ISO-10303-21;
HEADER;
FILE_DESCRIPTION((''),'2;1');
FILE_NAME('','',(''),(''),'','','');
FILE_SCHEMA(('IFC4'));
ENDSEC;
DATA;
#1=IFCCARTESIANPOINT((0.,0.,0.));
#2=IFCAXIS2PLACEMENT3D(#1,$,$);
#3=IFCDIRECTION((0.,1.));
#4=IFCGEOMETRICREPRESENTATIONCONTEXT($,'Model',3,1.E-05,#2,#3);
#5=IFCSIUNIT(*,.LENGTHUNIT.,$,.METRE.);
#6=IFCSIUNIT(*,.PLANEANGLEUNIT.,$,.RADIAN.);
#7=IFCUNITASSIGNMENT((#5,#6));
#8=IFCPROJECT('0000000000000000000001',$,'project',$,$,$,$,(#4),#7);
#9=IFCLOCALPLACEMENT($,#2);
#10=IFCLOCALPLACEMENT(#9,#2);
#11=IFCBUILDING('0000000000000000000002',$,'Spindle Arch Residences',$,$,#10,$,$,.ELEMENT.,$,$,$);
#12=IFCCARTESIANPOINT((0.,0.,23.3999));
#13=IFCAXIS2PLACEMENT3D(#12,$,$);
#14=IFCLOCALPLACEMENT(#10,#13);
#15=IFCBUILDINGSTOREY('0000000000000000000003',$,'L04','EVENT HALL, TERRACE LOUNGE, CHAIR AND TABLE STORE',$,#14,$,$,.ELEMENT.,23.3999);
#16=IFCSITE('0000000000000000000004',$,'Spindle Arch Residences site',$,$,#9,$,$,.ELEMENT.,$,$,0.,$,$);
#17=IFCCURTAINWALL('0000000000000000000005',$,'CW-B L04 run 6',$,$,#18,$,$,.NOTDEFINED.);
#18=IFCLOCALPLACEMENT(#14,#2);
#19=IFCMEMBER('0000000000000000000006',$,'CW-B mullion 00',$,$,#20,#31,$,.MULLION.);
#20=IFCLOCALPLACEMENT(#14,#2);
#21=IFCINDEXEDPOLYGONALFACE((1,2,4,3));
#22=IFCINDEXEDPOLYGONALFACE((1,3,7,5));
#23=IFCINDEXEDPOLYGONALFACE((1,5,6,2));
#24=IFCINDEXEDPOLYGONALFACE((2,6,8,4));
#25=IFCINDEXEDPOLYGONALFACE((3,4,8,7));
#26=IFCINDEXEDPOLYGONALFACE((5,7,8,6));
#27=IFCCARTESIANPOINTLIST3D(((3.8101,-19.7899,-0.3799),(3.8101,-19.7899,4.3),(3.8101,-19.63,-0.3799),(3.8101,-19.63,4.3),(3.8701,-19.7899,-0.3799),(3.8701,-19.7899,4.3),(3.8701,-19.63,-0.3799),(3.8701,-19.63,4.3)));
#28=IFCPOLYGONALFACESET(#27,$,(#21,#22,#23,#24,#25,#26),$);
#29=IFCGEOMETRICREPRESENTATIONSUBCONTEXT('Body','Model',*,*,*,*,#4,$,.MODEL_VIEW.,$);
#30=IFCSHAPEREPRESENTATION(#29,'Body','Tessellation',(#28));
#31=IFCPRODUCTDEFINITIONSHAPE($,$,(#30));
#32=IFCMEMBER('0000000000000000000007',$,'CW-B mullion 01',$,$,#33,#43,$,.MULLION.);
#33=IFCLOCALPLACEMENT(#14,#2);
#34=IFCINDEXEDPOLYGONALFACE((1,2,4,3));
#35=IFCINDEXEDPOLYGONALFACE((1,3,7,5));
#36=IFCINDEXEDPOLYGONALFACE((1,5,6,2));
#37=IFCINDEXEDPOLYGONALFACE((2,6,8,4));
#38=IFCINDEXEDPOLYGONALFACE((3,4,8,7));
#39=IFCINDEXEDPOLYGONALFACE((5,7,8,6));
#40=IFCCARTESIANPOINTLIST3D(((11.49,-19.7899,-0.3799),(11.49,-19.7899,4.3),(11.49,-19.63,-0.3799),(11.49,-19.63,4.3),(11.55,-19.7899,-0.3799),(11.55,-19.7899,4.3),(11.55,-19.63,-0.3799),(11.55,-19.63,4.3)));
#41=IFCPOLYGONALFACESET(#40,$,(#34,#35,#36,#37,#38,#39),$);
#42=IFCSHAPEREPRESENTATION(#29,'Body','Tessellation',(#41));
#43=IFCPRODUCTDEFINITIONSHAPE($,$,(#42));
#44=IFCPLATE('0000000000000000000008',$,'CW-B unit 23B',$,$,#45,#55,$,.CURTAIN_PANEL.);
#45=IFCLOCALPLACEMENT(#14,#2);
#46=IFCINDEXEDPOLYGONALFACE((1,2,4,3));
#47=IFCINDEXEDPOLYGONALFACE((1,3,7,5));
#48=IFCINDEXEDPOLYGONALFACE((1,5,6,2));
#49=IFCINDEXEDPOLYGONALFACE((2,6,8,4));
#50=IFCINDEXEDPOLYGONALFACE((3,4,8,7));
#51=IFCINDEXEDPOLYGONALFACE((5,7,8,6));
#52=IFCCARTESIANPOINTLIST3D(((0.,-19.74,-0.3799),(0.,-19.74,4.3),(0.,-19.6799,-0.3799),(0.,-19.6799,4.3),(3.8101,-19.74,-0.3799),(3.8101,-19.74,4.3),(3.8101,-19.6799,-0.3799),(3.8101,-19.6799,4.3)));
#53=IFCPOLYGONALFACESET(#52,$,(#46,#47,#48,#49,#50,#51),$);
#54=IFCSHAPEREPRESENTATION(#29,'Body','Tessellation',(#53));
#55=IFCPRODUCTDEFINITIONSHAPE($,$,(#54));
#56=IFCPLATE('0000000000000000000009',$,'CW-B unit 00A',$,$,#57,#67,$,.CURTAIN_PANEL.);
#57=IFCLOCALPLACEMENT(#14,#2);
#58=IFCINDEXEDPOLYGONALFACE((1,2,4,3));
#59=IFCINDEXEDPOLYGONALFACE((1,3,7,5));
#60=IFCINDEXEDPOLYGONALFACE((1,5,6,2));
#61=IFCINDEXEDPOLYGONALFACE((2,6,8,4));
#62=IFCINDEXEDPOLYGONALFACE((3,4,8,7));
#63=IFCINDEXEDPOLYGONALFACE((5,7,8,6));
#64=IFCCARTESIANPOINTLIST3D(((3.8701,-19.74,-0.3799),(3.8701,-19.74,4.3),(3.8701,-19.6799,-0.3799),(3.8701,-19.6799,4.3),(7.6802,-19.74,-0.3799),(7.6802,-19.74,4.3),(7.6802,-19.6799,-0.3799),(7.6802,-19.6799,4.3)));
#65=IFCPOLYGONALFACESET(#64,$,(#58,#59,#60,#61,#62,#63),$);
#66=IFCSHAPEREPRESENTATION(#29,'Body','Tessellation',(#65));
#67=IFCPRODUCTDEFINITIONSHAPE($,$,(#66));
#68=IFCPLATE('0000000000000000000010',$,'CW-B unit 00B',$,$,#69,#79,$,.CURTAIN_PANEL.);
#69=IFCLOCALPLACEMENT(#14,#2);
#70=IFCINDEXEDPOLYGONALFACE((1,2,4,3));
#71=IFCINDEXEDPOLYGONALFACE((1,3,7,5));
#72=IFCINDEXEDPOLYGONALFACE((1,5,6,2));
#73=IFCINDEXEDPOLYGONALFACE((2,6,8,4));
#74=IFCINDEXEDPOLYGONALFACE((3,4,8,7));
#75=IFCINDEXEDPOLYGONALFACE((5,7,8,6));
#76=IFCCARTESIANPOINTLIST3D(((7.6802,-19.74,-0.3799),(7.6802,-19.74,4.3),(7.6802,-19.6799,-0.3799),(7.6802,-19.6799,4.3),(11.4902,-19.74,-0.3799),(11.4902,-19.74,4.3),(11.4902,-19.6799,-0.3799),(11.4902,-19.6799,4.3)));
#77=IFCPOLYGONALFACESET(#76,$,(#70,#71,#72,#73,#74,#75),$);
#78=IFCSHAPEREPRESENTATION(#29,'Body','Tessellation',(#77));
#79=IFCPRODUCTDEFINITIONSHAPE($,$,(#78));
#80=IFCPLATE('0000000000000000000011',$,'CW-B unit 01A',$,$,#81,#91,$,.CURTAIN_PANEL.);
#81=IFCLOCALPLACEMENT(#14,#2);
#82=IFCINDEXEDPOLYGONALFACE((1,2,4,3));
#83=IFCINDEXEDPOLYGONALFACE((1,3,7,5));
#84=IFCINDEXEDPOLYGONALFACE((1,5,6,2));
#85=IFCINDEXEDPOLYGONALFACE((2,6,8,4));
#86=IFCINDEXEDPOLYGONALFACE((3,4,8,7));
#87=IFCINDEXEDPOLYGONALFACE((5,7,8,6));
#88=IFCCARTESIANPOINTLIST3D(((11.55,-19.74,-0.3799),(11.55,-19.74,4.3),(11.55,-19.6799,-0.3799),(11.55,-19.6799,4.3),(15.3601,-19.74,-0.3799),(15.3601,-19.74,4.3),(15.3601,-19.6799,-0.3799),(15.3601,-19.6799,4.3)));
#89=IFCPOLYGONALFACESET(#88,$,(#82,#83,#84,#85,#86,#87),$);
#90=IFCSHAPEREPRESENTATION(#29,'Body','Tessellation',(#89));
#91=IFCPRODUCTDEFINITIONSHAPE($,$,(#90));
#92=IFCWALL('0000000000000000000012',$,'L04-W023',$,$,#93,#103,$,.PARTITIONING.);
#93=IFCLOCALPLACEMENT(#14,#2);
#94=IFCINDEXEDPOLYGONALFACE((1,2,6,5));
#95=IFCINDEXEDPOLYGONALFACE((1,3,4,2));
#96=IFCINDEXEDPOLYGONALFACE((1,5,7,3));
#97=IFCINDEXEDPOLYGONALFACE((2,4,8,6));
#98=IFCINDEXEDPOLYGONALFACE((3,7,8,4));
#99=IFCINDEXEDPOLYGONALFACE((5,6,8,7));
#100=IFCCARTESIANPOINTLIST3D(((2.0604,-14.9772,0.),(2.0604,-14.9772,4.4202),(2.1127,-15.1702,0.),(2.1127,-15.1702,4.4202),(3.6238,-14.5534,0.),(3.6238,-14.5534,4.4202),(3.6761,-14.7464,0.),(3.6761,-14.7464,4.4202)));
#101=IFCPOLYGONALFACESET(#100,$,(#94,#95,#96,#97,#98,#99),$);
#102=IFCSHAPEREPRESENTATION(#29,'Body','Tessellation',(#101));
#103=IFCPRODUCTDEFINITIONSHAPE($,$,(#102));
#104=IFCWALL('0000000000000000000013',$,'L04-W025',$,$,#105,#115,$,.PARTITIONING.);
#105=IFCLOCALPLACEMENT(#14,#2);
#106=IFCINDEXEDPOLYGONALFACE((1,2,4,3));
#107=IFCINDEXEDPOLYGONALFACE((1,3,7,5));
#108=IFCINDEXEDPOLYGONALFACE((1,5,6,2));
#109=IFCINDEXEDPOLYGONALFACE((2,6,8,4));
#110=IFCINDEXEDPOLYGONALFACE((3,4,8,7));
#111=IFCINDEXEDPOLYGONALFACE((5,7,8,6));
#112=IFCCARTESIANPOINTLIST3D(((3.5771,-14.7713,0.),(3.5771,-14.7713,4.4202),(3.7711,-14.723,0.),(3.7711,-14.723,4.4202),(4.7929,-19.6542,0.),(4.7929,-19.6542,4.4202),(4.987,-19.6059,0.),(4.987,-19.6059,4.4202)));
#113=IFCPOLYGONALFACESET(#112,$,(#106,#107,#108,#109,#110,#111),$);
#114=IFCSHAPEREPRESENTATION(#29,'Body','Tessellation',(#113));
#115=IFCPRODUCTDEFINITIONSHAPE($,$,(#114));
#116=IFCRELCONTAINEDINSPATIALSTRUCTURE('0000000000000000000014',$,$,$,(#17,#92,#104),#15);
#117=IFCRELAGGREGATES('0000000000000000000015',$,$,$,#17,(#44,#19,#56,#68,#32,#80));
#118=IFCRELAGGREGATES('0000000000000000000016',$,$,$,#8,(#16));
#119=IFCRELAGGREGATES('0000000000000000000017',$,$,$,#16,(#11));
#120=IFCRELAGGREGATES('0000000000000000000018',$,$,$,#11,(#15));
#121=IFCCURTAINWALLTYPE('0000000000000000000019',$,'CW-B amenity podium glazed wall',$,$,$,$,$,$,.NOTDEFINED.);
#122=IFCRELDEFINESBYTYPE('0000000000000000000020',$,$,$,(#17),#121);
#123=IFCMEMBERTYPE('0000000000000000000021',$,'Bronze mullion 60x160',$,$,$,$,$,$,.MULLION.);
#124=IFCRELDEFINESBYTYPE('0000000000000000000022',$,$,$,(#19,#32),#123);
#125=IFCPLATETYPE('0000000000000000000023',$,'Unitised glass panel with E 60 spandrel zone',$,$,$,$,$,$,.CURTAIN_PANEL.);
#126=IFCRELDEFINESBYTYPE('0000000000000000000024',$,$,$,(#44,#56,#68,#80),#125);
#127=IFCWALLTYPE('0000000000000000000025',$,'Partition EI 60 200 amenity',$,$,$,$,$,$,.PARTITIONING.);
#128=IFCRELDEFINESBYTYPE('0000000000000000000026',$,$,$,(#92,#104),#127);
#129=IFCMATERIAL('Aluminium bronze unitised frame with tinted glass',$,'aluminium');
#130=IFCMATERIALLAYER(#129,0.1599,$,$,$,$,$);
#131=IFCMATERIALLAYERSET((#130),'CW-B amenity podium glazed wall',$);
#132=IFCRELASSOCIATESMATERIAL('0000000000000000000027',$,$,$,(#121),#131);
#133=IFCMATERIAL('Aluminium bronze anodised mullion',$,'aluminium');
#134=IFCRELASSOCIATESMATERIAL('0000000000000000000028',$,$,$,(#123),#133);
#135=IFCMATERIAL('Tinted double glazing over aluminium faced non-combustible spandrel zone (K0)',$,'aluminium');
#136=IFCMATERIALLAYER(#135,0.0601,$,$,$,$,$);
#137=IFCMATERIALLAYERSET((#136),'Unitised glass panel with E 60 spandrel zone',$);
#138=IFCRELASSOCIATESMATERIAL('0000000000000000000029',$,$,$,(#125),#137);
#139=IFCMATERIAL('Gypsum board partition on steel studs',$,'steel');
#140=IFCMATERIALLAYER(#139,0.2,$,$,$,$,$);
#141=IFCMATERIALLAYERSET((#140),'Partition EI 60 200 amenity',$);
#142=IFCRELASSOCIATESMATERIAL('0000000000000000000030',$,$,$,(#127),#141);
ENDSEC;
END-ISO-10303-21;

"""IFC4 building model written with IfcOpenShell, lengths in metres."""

from ifc_helpers import new_model, si_unit, direction, frame, frame_2d, origin, origin_2d, place, context, subcontext, project, spatial, rectangle, extrude, material, layer, layer_set, material_profile, profile_set, type_object, element, aggregate, save


model = new_model("IFC4")

# Units and contexts
model_context = context("Model", 3, precision=1e-05, world=origin(), true_north=direction((0.0, 1.0)))
body_context = subcontext(model_context, "Body", "Model", "MODEL_VIEW")
ifc_project = project(units=[si_unit("LENGTHUNIT", "METRE"), si_unit("PLANEANGLEUNIT", "RADIAN")], contexts=[model_context])

# Site, building, storey
site_placement = place(None, origin())
site = spatial("IfcSite", under=ifc_project, at=site_placement, Name="Spindle Arch Residences site", CompositionType="ELEMENT", RefElevation=0.0)
building_placement = place(site_placement, origin())
building = spatial("IfcBuilding", under=site, at=building_placement, Name="Spindle Arch Residences", CompositionType="ELEMENT")
storey_placement = place(building_placement, frame((0.0, 0.0, 23.3999)))
storey = spatial("IfcBuildingStorey", under=building, at=storey_placement, Name="L04", Description="EVENT HALL, TERRACE LOUNGE, CHAIR AND TABLE STORE", CompositionType="ELEMENT", Elevation=23.3999)

# Curtain wall, members, plates
ifc_material_1 = material(Name="Aluminium bronze unitised frame with tinted glass", Category="aluminium")
ifc_layer_1 = layer(ifc_material_1, 0.1599)
ifc_layer_set_1 = layer_set([ifc_layer_1], Name="CW-B amenity podium glazed wall")
curtain_wall_type = type_object("IfcCurtainWallType", Name="CW-B amenity podium glazed wall", PredefinedType="NOTDEFINED", material=ifc_layer_set_1)
curtain_wall_placement = place(storey_placement, origin())
curtain_wall = element("IfcCurtainWall", 1, at=curtain_wall_placement, inside=storey, type_object=curtain_wall_type, Name="CW-B L04 run 6", PredefinedType="NOTDEFINED")
ifc_material_2 = material(Name="Aluminium bronze anodised mullion", Category="aluminium")
ifc_material_profile_1 = material_profile(ifc_material_2, rectangle(XDim=0.1599, YDim=0.0601, at=origin_2d()), Name="MU 60x160")
ifc_profile_set_1 = profile_set([ifc_material_profile_1], Name="Aluminium bronze anodised mullion")
member_type_1 = type_object("IfcMemberType", Name="Bronze mullion 60x160", PredefinedType="MULLION", material=ifc_profile_set_1)
member_1_placement = place(storey_placement, frame((3.8401, -19.71, -0.3799), z_axis=(0.0, 0.0, 1.0), x_axis=(0.0, 1.0, 0.0)))
member_1 = element("IfcMember", 2, at=member_1_placement, type_object=member_type_1, Name="CW-B mullion 00", PredefinedType="MULLION", context=body_context, shape_type="SweptSolid", body=[
    extrude(rectangle(XDim=0.1599, YDim=0.0601, at=origin_2d()), origin(), (0.0, 0.0, 1.0), 4.6799),
])
member_2_placement = place(storey_placement, frame((11.52, -19.71, -0.3799), z_axis=(0.0, 0.0, 1.0), x_axis=(0.0, 1.0, 0.0)))
member_2 = element("IfcMember", 3, at=member_2_placement, type_object=member_type_1, Name="CW-B mullion 01", PredefinedType="MULLION", context=body_context, shape_type="SweptSolid", body=[
    extrude(rectangle(XDim=0.1599, YDim=0.0601, at=origin_2d()), origin(), (0.0, 0.0, 1.0), 4.6799),
])
ifc_material_3 = material(Name="Tinted double glazing over aluminium faced non-combustible spandrel zone (K0)", Category="aluminium")
ifc_layer_2 = layer(ifc_material_3, 0.0601)
ifc_layer_set_2 = layer_set([ifc_layer_2], Name="Unitised glass panel with E 60 spandrel zone")
plate_type = type_object("IfcPlateType", Name="Unitised glass panel with E 60 spandrel zone", PredefinedType="CURTAIN_PANEL", material=ifc_layer_set_2)
plate_1_placement = place(storey_placement, frame((1.905, -19.71, -0.3799), z_axis=(0.0, 0.0, 1.0), x_axis=(1.0, 0.0, 0.0)))
plate_1 = element("IfcPlate", 4, at=plate_1_placement, type_object=plate_type, Name="CW-B unit 23B", PredefinedType="CURTAIN_PANEL", context=body_context, shape_type="SweptSolid", body=[
    extrude(rectangle(XDim=3.8101, YDim=0.0601, at=origin_2d()), origin(), (0.0, 0.0, 1.0), 4.6799),
])
plate_2_placement = place(storey_placement, frame((5.7751, -19.71, -0.3799), z_axis=(0.0, 0.0, 1.0), x_axis=(1.0, 0.0, 0.0)))
plate_2 = element("IfcPlate", 5, at=plate_2_placement, type_object=plate_type, Name="CW-B unit 00A", PredefinedType="CURTAIN_PANEL", context=body_context, shape_type="SweptSolid", body=[
    extrude(rectangle(XDim=3.8101, YDim=0.0601, at=origin_2d()), origin(), (0.0, 0.0, 1.0), 4.6799),
])
plate_3_placement = place(storey_placement, frame((9.5852, -19.71, -0.3799), z_axis=(0.0, 0.0, 1.0), x_axis=(1.0, 0.0, 0.0)))
plate_3 = element("IfcPlate", 6, at=plate_3_placement, type_object=plate_type, Name="CW-B unit 00B", PredefinedType="CURTAIN_PANEL", context=body_context, shape_type="SweptSolid", body=[
    extrude(rectangle(XDim=3.8101, YDim=0.0601, at=origin_2d()), origin(), (0.0, 0.0, 1.0), 4.6799),
])
plate_4_placement = place(storey_placement, frame((13.4551, -19.71, -0.3799), z_axis=(0.0, 0.0, 1.0), x_axis=(1.0, 0.0, 0.0)))
plate_4 = element("IfcPlate", 7, at=plate_4_placement, type_object=plate_type, Name="CW-B unit 01A", PredefinedType="CURTAIN_PANEL", context=body_context, shape_type="SweptSolid", body=[
    extrude(rectangle(XDim=3.8101, YDim=0.0601, at=origin_2d()), origin(), (0.0, 0.0, 1.0), 4.6799),
])
aggregate(curtain_wall, [plate_1, member_1, plate_2, plate_3, member_2, plate_4])

# Walls
ifc_material_4 = material(Name="Gypsum board partition on steel studs", Category="steel")
ifc_layer_3 = layer(ifc_material_4, 0.2)
ifc_layer_set_3 = layer_set([ifc_layer_3], Name="Partition EI 60 200 amenity")
wall_type = type_object("IfcWallType", Name="Partition EI 60 200 amenity", PredefinedType="PARTITIONING", material=ifc_layer_set_3)
wall_1_placement = place(storey_placement, frame((2.0864, -15.0737, 0.0), z_axis=(0.0, 0.0, 1.0), x_axis=(0.965166, 0.261638, 0.0)))
element("IfcWall", 8, at=wall_1_placement, inside=storey, type_object=wall_type, Name="L04-W023", PredefinedType="PARTITIONING", context=body_context, shape_type="SweptSolid", body=[
    extrude(rectangle(XDim=1.6199, YDim=0.2, at=frame_2d((0.8101, 0.0))), origin(), (0.0, 0.0, 1.0), 4.4202),
])
wall_2_placement = place(storey_placement, frame((3.6741, -14.7471, 0.0), z_axis=(0.0, 0.0, 1.0), x_axis=(0.241622, -0.97037, 0.0)))
element("IfcWall", 9, at=wall_2_placement, inside=storey, type_object=wall_type, Name="L04-W025", PredefinedType="PARTITIONING", context=body_context, shape_type="SweptSolid", body=[
    extrude(rectangle(XDim=5.032, YDim=0.2, at=frame_2d((2.5161, 0.0))), origin(), (0.0, 0.0, 1.0), 4.4202),
])

save(model, "model.ifc")
